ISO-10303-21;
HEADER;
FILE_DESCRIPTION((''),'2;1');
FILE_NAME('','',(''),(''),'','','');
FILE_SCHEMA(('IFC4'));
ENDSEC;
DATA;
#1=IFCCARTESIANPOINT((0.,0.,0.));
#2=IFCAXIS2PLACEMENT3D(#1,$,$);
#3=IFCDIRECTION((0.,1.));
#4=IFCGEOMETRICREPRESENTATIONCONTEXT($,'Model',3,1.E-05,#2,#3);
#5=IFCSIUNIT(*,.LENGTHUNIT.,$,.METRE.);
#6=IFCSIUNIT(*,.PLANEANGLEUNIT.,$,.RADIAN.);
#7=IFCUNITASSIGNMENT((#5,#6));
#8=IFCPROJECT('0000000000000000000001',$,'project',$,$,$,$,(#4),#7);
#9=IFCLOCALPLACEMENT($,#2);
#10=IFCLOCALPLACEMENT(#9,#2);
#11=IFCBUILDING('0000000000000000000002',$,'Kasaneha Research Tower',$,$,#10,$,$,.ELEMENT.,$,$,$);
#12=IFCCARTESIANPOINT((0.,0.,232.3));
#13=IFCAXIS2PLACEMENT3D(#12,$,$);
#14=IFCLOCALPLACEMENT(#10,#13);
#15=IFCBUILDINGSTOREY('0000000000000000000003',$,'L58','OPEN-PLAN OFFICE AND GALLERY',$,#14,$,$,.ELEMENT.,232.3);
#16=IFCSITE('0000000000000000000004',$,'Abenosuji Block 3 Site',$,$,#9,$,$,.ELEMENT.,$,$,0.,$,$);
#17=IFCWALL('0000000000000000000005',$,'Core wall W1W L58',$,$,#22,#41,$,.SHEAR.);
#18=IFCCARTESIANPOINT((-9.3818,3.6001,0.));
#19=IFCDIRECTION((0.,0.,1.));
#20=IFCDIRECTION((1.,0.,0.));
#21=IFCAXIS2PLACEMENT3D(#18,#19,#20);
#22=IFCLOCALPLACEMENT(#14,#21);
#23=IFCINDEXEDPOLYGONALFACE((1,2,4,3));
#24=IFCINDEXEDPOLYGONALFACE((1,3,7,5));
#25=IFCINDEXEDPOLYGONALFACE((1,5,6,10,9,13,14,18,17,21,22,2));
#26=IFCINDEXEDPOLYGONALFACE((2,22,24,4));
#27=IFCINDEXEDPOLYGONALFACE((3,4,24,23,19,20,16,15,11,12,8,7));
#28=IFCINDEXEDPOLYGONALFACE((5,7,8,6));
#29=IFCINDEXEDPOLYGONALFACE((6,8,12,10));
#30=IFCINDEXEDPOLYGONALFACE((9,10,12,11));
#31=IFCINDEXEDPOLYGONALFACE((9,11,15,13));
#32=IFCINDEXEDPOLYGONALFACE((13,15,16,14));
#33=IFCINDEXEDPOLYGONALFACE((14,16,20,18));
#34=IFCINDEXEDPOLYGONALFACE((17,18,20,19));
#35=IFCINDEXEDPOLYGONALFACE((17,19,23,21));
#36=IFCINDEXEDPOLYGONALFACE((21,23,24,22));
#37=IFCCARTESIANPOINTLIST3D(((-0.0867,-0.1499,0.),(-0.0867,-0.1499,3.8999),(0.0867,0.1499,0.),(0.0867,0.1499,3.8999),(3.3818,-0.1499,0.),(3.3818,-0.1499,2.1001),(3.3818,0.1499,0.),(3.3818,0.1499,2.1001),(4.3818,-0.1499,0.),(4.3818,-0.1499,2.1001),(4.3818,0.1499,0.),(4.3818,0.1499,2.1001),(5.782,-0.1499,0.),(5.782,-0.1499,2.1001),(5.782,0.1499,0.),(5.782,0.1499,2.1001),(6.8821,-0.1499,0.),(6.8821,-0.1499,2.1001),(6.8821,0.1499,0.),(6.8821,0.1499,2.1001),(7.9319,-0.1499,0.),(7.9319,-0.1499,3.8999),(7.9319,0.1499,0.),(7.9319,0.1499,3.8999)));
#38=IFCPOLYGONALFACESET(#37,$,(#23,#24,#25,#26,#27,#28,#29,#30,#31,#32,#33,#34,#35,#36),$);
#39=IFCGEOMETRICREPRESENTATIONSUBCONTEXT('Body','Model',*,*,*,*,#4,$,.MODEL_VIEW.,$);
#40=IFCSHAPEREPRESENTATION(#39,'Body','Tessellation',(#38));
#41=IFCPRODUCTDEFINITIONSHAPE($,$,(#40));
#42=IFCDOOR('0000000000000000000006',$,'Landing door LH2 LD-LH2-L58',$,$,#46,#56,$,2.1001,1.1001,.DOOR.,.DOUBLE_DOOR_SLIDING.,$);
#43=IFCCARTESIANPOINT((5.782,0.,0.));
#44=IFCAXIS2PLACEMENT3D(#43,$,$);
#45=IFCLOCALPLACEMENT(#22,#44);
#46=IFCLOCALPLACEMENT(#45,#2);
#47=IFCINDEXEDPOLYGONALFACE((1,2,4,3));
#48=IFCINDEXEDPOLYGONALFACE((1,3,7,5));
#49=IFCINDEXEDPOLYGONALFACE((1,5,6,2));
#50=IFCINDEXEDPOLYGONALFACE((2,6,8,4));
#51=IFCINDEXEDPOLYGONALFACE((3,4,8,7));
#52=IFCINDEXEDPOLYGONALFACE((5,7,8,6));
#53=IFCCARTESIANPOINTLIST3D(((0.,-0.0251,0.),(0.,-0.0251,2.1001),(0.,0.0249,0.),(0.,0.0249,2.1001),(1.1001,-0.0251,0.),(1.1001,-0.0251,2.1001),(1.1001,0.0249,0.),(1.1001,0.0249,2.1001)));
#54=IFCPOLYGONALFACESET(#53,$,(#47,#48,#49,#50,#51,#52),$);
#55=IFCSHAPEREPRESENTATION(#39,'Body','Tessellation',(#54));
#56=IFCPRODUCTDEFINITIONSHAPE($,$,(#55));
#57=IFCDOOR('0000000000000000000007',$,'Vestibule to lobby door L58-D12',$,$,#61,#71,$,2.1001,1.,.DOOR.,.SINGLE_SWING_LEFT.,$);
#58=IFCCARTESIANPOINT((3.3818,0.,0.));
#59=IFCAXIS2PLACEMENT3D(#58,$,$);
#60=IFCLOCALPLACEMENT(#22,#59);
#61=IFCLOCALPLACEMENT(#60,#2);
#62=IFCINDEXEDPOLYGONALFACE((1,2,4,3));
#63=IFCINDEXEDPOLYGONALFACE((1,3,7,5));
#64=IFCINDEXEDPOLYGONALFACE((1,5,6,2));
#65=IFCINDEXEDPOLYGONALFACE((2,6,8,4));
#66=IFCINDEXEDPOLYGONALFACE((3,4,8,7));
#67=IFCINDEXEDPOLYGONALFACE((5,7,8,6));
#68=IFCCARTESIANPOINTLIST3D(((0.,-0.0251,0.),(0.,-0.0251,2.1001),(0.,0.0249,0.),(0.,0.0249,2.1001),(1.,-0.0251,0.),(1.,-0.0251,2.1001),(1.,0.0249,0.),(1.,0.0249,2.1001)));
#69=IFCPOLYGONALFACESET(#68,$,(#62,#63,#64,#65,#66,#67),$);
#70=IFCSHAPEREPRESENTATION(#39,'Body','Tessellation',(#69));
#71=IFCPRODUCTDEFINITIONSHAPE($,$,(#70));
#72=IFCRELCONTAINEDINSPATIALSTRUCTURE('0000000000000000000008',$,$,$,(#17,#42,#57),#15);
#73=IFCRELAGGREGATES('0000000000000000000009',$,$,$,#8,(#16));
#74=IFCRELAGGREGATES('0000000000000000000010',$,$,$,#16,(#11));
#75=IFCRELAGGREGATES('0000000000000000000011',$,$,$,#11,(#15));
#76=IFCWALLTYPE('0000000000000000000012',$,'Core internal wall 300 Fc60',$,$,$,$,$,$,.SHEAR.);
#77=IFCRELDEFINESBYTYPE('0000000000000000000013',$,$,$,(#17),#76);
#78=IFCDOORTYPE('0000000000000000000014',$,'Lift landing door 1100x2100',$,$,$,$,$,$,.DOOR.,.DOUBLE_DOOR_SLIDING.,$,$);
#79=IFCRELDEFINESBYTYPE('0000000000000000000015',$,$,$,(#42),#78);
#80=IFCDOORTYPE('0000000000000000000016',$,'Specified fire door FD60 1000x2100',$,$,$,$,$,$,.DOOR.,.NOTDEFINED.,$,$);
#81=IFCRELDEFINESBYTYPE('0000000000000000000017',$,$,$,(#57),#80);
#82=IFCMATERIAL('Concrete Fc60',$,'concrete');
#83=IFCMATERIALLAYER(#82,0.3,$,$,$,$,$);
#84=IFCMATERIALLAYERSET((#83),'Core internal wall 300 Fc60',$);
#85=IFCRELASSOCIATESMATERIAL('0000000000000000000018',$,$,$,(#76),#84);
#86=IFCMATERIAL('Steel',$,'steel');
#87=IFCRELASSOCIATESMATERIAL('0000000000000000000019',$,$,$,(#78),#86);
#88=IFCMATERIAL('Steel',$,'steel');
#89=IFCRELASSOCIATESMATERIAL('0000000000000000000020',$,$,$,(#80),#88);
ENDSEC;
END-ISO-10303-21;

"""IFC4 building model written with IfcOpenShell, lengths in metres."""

from ifc_helpers import new_model, si_unit, direction, frame, frame_2d, origin, place, context, subcontext, project, spatial, polyline, rectangle, outline, extrude, material, layer, layer_set, type_object, element, fill, save


model = new_model("IFC4")

# Units and contexts
model_context = context("Model", 3, precision=1e-05, world=origin(), true_north=direction((0.0, 1.0)))
body_context = subcontext(model_context, "Body", "Model", "MODEL_VIEW")
ifc_project = project(units=[si_unit("LENGTHUNIT", "METRE"), si_unit("PLANEANGLEUNIT", "RADIAN")], contexts=[model_context])

# Site, building, storey
site_placement = place(None, origin())
site = spatial("IfcSite", under=ifc_project, at=site_placement, Name="Abenosuji Block 3 Site", CompositionType="ELEMENT", RefElevation=0.0)
building_placement = place(site_placement, origin())
building = spatial("IfcBuilding", under=site, at=building_placement, Name="Kasaneha Research Tower", CompositionType="ELEMENT")
storey_placement = place(building_placement, frame((0.0, 0.0, 232.3)))
storey = spatial("IfcBuildingStorey", under=building, at=storey_placement, Name="L58", Description="OPEN-PLAN OFFICE AND GALLERY", CompositionType="ELEMENT", Elevation=232.3)

# Wall, openings, doors
ifc_material_1 = material(Name="Concrete Fc60", Category="concrete")
ifc_layer_1 = layer(ifc_material_1, 0.3)
ifc_layer_set_1 = layer_set([ifc_layer_1], Name="Core internal wall 300 Fc60")
wall_type_1 = type_object("IfcWallType", Name="Core internal wall 300 Fc60", PredefinedType="SHEAR", material=ifc_layer_set_1)
wall_1_placement = place(storey_placement, frame((-9.3818, 3.6001, 0.0), z_axis=(0.0, 0.0, 1.0), x_axis=(1.0, 0.0, 0.0)))
wall_1 = element("IfcWall", 1, at=wall_1_placement, inside=storey, type_object=wall_type_1, Name="Core wall W1W L58", PredefinedType="SHEAR", context=body_context, shape_type="SweptSolid", body=[
    extrude(outline(polyline([(-0.0867, -0.1499), (3.3818, -0.1499), (4.3818, -0.1499), (5.782, -0.1499), (6.8821, -0.1499), (7.9319, -0.1499), (7.9319, 0.1499), (6.8821, 0.1499), (5.782, 0.1499), (4.3818, 0.1499), (3.3818, 0.1499), (0.0867, 0.1499), (-0.0867, -0.1499)])), origin(), (0.0, 0.0, 1.0), 3.8999),
])
opening_1_placement = place(wall_1_placement, frame((3.3818, 0.0, 0.0)))
opening_1 = element("IfcOpeningElement", 2, at=opening_1_placement, cuts=wall_1, PredefinedType="OPENING", context=body_context, shape_type="SweptSolid", body=[
    extrude(rectangle(XDim=1.0, YDim=2.1001, at=frame_2d((0.5, 1.05))), frame((0.0, 0.1602, 0.0), z_axis=(0.0, -1.0, 0.0), x_axis=(1.0, 0.0, 0.0)), (0.0, 0.0, 1.0), 0.3201),
])
opening_2_placement = place(wall_1_placement, frame((5.782, 0.0, 0.0)))
opening_2 = element("IfcOpeningElement", 3, at=opening_2_placement, cuts=wall_1, PredefinedType="OPENING", context=body_context, shape_type="SweptSolid", body=[
    extrude(rectangle(XDim=1.1001, YDim=2.1001, at=frame_2d((0.55, 1.05))), frame((0.0, 0.1602, 0.0), z_axis=(0.0, -1.0, 0.0), x_axis=(1.0, 0.0, 0.0)), (0.0, 0.0, 1.0), 0.3201),
])
ifc_material_2 = material(Name="Steel", Category="steel")
door_type_1 = type_object("IfcDoorType", Name="Lift landing door 1100x2100", OperationType="DOUBLE_DOOR_SLIDING", PredefinedType="DOOR", material=ifc_material_2)
door_1_placement = place(opening_2_placement, origin())
door_1 = element("IfcDoor", 4, at=door_1_placement, inside=storey, type_object=door_type_1, Name="Landing door LH2 LD-LH2-L58", OperationType="DOUBLE_DOOR_SLIDING", OverallHeight=2.1001, OverallWidth=1.1001, PredefinedType="DOOR", context=body_context, shape_type="SweptSolid", body=[
    extrude(rectangle(XDim=1.1001, YDim=2.1001, at=frame_2d((0.55, 1.05))), frame((0.0, 0.0249, 0.0), z_axis=(0.0, -1.0, 0.0), x_axis=(1.0, 0.0, 0.0)), (0.0, 0.0, 1.0), 0.05),
])
fill(opening_2, door_1)
ifc_material_3 = material(Name="Steel", Category="steel")
door_type_2 = type_object("IfcDoorType", Name="Specified fire door FD60 1000x2100", OperationType="NOTDEFINED", PredefinedType="DOOR", material=ifc_material_3)
door_2_placement = place(opening_1_placement, origin())
door_2 = element("IfcDoor", 5, at=door_2_placement, inside=storey, type_object=door_type_2, Name="Vestibule to lobby door L58-D12", OperationType="SINGLE_SWING_LEFT", OverallHeight=2.1001, OverallWidth=1.0, PredefinedType="DOOR", context=body_context, shape_type="SweptSolid", body=[
    extrude(rectangle(XDim=1.0, YDim=2.1001, at=frame_2d((0.5, 1.05))), frame((0.0, 0.0249, 0.0), z_axis=(0.0, -1.0, 0.0), x_axis=(1.0, 0.0, 0.0)), (0.0, 0.0, 1.0), 0.05),
])
fill(opening_1, door_2)

save(model, "model.ifc")
